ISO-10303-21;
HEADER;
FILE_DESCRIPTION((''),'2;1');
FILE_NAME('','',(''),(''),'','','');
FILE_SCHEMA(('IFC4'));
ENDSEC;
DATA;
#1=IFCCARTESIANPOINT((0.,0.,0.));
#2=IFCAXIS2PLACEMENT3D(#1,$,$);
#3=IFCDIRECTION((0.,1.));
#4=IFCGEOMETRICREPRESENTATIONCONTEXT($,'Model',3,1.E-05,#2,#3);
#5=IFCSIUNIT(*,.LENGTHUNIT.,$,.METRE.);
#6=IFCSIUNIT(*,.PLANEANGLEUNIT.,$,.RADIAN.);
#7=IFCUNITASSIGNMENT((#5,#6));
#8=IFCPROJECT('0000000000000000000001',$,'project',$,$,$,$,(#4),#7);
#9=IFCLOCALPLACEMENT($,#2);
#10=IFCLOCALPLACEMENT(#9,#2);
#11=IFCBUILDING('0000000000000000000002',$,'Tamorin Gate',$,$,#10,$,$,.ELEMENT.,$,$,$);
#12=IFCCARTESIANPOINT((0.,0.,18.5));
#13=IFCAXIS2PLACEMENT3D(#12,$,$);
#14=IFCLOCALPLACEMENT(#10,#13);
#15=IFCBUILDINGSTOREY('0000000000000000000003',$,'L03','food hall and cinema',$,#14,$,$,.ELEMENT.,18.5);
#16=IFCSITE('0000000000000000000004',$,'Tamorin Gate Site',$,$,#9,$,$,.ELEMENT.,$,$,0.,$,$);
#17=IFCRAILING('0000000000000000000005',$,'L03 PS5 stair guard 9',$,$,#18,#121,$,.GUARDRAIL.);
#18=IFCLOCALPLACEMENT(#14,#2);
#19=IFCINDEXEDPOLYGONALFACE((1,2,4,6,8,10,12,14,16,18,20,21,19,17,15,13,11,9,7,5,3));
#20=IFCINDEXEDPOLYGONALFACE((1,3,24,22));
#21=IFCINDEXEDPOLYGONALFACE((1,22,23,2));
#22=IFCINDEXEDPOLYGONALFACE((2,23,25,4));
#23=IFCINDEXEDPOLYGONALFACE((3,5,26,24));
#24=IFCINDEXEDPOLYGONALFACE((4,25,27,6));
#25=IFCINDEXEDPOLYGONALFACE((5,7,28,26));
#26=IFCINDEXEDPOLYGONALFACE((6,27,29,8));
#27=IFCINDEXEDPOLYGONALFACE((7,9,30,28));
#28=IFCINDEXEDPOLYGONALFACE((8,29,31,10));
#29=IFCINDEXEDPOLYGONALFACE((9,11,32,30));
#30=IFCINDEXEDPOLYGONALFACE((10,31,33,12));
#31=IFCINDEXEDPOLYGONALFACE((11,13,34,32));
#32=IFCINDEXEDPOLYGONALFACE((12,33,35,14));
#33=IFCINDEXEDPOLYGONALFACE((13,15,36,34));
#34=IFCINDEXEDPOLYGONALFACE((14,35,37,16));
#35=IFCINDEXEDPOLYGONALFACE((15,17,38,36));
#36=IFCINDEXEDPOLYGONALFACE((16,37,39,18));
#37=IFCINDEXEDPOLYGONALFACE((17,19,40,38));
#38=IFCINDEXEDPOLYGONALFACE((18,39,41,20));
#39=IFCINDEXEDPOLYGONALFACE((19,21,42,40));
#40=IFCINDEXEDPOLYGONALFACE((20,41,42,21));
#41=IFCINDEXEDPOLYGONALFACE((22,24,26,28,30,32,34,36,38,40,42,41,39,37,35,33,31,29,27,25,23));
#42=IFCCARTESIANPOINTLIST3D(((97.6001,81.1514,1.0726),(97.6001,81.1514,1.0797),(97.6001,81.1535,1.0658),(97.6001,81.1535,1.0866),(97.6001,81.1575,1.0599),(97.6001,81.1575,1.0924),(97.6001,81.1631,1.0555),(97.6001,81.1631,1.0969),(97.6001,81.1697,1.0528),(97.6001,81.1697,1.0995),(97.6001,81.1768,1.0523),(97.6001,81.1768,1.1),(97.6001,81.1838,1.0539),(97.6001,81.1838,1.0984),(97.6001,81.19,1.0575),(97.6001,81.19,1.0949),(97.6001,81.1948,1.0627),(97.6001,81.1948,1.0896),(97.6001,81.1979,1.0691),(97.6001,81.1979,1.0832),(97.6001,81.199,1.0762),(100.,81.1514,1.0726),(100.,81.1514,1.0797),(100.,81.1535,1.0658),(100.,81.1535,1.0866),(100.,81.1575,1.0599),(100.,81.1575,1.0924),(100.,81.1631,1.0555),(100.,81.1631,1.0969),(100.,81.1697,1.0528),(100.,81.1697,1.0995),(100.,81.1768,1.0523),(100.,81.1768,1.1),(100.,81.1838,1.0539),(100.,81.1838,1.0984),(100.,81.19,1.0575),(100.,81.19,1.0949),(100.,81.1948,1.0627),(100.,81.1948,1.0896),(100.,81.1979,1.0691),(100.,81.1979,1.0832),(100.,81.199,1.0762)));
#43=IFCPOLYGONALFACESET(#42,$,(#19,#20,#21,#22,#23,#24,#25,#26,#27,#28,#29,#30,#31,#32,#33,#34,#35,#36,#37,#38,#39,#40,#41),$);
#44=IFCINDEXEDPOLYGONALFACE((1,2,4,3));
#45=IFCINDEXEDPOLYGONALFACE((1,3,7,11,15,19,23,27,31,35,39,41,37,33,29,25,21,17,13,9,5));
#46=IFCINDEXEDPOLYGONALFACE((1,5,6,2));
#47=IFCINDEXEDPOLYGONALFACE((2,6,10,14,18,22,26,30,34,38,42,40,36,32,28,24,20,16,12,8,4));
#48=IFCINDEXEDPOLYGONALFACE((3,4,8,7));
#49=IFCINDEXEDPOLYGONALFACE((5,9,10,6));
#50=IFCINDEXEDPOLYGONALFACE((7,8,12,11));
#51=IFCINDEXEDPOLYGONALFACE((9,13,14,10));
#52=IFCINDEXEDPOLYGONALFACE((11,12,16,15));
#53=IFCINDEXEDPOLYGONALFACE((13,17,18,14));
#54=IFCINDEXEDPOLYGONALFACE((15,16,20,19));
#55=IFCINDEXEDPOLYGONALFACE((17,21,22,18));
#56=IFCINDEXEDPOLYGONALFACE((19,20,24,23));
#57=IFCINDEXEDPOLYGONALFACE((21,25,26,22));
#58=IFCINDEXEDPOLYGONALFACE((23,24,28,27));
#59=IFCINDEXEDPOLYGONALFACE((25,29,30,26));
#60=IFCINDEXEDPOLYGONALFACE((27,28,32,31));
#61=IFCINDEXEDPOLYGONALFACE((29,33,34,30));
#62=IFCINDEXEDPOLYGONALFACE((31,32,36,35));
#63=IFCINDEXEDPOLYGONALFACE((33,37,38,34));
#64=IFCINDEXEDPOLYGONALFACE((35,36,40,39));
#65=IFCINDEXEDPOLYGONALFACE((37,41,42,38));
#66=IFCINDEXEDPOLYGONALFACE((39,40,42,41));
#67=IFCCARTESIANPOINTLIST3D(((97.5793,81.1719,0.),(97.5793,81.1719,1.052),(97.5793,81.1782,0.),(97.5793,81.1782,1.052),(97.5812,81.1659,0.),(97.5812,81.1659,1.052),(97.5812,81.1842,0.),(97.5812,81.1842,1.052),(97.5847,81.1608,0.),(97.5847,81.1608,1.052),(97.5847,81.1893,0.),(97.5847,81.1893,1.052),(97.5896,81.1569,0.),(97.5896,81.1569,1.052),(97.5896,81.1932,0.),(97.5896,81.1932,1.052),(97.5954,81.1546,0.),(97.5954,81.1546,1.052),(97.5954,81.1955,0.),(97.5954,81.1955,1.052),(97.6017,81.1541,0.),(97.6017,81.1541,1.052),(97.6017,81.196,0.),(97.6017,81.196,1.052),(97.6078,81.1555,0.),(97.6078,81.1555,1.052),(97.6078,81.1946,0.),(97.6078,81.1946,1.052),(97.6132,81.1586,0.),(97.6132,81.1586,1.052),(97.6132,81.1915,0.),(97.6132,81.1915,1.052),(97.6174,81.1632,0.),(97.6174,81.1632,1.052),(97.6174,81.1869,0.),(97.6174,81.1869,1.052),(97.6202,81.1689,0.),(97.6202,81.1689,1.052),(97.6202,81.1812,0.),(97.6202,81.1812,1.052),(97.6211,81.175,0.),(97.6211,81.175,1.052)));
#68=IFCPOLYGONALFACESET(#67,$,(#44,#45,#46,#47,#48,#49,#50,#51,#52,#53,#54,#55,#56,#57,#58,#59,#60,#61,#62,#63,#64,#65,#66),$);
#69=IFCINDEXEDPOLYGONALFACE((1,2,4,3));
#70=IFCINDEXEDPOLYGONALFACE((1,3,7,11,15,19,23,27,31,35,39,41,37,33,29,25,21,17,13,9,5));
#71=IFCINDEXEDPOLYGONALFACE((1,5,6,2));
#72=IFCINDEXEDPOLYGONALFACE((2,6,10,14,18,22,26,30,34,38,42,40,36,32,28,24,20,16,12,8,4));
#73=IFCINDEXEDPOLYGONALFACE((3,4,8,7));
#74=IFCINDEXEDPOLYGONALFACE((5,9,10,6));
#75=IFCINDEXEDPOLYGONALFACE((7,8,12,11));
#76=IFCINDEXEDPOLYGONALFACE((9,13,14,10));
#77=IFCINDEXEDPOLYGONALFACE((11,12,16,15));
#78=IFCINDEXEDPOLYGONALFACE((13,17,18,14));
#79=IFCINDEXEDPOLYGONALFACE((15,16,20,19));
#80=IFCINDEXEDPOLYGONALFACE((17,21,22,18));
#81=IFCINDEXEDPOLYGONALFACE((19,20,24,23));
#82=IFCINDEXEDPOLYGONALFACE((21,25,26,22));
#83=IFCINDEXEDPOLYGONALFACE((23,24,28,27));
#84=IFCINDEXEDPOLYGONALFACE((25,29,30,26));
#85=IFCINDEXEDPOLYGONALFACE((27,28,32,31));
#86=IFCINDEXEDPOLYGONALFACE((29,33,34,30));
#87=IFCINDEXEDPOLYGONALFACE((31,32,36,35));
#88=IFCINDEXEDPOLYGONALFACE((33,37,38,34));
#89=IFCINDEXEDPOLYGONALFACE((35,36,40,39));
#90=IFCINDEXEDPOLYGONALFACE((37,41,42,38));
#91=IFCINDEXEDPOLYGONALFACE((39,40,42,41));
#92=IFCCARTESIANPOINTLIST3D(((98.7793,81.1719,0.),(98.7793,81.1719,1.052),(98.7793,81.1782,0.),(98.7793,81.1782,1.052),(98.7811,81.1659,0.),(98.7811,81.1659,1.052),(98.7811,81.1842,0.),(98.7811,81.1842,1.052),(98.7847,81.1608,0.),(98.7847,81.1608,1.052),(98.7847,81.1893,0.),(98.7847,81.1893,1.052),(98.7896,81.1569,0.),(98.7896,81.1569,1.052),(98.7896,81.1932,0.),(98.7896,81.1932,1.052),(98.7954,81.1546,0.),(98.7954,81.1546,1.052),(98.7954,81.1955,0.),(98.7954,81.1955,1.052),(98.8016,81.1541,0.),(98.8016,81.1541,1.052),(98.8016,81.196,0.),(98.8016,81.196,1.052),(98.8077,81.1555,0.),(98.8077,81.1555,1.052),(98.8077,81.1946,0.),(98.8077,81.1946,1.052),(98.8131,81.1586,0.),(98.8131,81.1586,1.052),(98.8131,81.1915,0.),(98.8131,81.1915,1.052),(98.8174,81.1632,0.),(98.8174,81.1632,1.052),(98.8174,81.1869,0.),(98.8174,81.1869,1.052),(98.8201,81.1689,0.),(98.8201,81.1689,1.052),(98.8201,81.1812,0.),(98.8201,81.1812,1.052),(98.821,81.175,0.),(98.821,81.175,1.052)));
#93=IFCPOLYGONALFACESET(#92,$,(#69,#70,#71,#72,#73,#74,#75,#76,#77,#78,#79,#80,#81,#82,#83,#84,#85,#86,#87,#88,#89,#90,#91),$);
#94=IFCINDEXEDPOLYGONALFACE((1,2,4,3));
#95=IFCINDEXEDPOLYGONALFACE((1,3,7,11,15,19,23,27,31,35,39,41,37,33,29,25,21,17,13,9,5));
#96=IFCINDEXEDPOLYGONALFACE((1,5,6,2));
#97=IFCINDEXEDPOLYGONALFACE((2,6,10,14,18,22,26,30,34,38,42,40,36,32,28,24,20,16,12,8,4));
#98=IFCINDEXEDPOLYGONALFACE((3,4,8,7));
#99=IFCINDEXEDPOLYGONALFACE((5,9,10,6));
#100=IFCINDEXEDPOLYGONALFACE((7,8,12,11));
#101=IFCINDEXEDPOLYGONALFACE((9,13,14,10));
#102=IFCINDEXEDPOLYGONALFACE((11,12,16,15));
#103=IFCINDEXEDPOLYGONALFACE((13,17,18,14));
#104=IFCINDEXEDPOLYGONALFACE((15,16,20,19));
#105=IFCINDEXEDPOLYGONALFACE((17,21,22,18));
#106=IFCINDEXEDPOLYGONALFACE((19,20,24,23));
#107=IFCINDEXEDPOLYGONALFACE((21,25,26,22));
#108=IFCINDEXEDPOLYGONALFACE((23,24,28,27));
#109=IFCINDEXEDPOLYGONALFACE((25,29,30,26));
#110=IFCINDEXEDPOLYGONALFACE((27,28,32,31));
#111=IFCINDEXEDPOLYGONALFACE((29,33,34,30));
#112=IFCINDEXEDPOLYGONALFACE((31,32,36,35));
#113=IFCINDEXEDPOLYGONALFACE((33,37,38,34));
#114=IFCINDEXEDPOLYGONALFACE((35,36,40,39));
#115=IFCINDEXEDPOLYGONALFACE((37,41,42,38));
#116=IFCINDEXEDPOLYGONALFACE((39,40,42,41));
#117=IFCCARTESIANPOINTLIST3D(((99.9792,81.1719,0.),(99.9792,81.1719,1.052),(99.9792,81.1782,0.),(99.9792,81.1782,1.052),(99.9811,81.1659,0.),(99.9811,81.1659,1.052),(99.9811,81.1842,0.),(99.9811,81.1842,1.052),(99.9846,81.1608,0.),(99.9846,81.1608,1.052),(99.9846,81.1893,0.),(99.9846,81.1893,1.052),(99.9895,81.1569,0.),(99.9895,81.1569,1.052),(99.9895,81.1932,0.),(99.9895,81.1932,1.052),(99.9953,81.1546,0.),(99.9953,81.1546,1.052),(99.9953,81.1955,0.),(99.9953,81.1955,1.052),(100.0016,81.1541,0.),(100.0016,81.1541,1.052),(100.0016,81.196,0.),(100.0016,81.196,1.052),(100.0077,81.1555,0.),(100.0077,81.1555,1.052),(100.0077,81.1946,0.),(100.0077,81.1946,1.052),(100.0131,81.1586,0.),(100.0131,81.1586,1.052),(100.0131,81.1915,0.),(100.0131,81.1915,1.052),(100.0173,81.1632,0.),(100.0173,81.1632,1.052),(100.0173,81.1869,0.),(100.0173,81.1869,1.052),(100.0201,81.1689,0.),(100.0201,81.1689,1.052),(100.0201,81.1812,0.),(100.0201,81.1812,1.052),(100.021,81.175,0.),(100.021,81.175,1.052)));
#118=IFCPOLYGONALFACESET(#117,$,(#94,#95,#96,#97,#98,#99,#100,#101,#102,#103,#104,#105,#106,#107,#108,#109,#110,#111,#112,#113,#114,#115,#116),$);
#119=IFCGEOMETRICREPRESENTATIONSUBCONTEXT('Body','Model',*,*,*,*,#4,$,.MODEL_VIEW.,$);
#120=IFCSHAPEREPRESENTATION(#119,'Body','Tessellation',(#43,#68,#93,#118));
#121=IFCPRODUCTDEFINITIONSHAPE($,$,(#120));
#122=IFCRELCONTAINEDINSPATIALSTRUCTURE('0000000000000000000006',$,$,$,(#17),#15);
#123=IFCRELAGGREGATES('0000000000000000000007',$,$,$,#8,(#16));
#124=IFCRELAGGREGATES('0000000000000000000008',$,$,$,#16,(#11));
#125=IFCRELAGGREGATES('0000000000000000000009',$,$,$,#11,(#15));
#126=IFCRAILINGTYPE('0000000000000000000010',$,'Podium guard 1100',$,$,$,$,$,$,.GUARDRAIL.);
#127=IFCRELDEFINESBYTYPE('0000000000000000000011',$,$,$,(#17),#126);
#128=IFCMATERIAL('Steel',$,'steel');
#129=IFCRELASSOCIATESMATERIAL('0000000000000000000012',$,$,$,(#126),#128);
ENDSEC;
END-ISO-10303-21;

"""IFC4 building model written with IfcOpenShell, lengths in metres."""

from ifc_helpers import new_model, si_unit, direction, frame, origin, origin_2d, place, context, subcontext, project, spatial, circle, extrude, material, type_object, element, save


model = new_model("IFC4")

# Units and contexts
model_context = context("Model", 3, precision=1e-05, world=origin(), true_north=direction((0.0, 1.0)))
body_context = subcontext(model_context, "Body", "Model", "MODEL_VIEW")
ifc_project = project(units=[si_unit("LENGTHUNIT", "METRE"), si_unit("PLANEANGLEUNIT", "RADIAN")], contexts=[model_context])

# Site, building, storey
site_placement = place(None, origin())
site = spatial("IfcSite", under=ifc_project, at=site_placement, Name="Tamorin Gate Site", CompositionType="ELEMENT", RefElevation=0.0)
building_placement = place(site_placement, origin())
building = spatial("IfcBuilding", under=site, at=building_placement, Name="Tamorin Gate", CompositionType="ELEMENT")
storey_placement = place(building_placement, frame((0.0, 0.0, 18.5)))
storey = spatial("IfcBuildingStorey", under=building, at=storey_placement, Name="L03", Description="food hall and cinema", CompositionType="ELEMENT", Elevation=18.5)

# Railing
ifc_material_1 = material(Name="Steel", Category="steel")
railing_type = type_object("IfcRailingType", Name="Podium guard 1100", PredefinedType="GUARDRAIL", material=ifc_material_1)
for number, where, name in (
    (1, (97.6001, 81.175, 0.0), "L03 PS5 stair guard 9"),
):
    element("IfcRailing", number, at=place(storey_placement, frame(where)), inside=storey, type_object=railing_type, Name=name, PredefinedType="GUARDRAIL", context=body_context, shape_type="SweptSolid", body=[
        extrude(circle(Radius=0.0239, at=origin_2d()), frame((0.0, 0.0, 1.0762), z_axis=(1.0, 0.0, 0.0), x_axis=(0.0, 1.0, 0.0)), (0.0, 0.0, 1.0), 2.3999),
        extrude(circle(Radius=0.021, at=origin_2d()), origin(), (0.0, 0.0, 1.0), 1.052),
        extrude(circle(Radius=0.021, at=origin_2d()), frame((1.2, 0.0, 0.0)), (0.0, 0.0, 1.0), 1.052),
        extrude(circle(Radius=0.021, at=origin_2d()), frame((2.3999, 0.0, 0.0)), (0.0, 0.0, 1.0), 1.052),
    ])

save(model, "model.ifc")
